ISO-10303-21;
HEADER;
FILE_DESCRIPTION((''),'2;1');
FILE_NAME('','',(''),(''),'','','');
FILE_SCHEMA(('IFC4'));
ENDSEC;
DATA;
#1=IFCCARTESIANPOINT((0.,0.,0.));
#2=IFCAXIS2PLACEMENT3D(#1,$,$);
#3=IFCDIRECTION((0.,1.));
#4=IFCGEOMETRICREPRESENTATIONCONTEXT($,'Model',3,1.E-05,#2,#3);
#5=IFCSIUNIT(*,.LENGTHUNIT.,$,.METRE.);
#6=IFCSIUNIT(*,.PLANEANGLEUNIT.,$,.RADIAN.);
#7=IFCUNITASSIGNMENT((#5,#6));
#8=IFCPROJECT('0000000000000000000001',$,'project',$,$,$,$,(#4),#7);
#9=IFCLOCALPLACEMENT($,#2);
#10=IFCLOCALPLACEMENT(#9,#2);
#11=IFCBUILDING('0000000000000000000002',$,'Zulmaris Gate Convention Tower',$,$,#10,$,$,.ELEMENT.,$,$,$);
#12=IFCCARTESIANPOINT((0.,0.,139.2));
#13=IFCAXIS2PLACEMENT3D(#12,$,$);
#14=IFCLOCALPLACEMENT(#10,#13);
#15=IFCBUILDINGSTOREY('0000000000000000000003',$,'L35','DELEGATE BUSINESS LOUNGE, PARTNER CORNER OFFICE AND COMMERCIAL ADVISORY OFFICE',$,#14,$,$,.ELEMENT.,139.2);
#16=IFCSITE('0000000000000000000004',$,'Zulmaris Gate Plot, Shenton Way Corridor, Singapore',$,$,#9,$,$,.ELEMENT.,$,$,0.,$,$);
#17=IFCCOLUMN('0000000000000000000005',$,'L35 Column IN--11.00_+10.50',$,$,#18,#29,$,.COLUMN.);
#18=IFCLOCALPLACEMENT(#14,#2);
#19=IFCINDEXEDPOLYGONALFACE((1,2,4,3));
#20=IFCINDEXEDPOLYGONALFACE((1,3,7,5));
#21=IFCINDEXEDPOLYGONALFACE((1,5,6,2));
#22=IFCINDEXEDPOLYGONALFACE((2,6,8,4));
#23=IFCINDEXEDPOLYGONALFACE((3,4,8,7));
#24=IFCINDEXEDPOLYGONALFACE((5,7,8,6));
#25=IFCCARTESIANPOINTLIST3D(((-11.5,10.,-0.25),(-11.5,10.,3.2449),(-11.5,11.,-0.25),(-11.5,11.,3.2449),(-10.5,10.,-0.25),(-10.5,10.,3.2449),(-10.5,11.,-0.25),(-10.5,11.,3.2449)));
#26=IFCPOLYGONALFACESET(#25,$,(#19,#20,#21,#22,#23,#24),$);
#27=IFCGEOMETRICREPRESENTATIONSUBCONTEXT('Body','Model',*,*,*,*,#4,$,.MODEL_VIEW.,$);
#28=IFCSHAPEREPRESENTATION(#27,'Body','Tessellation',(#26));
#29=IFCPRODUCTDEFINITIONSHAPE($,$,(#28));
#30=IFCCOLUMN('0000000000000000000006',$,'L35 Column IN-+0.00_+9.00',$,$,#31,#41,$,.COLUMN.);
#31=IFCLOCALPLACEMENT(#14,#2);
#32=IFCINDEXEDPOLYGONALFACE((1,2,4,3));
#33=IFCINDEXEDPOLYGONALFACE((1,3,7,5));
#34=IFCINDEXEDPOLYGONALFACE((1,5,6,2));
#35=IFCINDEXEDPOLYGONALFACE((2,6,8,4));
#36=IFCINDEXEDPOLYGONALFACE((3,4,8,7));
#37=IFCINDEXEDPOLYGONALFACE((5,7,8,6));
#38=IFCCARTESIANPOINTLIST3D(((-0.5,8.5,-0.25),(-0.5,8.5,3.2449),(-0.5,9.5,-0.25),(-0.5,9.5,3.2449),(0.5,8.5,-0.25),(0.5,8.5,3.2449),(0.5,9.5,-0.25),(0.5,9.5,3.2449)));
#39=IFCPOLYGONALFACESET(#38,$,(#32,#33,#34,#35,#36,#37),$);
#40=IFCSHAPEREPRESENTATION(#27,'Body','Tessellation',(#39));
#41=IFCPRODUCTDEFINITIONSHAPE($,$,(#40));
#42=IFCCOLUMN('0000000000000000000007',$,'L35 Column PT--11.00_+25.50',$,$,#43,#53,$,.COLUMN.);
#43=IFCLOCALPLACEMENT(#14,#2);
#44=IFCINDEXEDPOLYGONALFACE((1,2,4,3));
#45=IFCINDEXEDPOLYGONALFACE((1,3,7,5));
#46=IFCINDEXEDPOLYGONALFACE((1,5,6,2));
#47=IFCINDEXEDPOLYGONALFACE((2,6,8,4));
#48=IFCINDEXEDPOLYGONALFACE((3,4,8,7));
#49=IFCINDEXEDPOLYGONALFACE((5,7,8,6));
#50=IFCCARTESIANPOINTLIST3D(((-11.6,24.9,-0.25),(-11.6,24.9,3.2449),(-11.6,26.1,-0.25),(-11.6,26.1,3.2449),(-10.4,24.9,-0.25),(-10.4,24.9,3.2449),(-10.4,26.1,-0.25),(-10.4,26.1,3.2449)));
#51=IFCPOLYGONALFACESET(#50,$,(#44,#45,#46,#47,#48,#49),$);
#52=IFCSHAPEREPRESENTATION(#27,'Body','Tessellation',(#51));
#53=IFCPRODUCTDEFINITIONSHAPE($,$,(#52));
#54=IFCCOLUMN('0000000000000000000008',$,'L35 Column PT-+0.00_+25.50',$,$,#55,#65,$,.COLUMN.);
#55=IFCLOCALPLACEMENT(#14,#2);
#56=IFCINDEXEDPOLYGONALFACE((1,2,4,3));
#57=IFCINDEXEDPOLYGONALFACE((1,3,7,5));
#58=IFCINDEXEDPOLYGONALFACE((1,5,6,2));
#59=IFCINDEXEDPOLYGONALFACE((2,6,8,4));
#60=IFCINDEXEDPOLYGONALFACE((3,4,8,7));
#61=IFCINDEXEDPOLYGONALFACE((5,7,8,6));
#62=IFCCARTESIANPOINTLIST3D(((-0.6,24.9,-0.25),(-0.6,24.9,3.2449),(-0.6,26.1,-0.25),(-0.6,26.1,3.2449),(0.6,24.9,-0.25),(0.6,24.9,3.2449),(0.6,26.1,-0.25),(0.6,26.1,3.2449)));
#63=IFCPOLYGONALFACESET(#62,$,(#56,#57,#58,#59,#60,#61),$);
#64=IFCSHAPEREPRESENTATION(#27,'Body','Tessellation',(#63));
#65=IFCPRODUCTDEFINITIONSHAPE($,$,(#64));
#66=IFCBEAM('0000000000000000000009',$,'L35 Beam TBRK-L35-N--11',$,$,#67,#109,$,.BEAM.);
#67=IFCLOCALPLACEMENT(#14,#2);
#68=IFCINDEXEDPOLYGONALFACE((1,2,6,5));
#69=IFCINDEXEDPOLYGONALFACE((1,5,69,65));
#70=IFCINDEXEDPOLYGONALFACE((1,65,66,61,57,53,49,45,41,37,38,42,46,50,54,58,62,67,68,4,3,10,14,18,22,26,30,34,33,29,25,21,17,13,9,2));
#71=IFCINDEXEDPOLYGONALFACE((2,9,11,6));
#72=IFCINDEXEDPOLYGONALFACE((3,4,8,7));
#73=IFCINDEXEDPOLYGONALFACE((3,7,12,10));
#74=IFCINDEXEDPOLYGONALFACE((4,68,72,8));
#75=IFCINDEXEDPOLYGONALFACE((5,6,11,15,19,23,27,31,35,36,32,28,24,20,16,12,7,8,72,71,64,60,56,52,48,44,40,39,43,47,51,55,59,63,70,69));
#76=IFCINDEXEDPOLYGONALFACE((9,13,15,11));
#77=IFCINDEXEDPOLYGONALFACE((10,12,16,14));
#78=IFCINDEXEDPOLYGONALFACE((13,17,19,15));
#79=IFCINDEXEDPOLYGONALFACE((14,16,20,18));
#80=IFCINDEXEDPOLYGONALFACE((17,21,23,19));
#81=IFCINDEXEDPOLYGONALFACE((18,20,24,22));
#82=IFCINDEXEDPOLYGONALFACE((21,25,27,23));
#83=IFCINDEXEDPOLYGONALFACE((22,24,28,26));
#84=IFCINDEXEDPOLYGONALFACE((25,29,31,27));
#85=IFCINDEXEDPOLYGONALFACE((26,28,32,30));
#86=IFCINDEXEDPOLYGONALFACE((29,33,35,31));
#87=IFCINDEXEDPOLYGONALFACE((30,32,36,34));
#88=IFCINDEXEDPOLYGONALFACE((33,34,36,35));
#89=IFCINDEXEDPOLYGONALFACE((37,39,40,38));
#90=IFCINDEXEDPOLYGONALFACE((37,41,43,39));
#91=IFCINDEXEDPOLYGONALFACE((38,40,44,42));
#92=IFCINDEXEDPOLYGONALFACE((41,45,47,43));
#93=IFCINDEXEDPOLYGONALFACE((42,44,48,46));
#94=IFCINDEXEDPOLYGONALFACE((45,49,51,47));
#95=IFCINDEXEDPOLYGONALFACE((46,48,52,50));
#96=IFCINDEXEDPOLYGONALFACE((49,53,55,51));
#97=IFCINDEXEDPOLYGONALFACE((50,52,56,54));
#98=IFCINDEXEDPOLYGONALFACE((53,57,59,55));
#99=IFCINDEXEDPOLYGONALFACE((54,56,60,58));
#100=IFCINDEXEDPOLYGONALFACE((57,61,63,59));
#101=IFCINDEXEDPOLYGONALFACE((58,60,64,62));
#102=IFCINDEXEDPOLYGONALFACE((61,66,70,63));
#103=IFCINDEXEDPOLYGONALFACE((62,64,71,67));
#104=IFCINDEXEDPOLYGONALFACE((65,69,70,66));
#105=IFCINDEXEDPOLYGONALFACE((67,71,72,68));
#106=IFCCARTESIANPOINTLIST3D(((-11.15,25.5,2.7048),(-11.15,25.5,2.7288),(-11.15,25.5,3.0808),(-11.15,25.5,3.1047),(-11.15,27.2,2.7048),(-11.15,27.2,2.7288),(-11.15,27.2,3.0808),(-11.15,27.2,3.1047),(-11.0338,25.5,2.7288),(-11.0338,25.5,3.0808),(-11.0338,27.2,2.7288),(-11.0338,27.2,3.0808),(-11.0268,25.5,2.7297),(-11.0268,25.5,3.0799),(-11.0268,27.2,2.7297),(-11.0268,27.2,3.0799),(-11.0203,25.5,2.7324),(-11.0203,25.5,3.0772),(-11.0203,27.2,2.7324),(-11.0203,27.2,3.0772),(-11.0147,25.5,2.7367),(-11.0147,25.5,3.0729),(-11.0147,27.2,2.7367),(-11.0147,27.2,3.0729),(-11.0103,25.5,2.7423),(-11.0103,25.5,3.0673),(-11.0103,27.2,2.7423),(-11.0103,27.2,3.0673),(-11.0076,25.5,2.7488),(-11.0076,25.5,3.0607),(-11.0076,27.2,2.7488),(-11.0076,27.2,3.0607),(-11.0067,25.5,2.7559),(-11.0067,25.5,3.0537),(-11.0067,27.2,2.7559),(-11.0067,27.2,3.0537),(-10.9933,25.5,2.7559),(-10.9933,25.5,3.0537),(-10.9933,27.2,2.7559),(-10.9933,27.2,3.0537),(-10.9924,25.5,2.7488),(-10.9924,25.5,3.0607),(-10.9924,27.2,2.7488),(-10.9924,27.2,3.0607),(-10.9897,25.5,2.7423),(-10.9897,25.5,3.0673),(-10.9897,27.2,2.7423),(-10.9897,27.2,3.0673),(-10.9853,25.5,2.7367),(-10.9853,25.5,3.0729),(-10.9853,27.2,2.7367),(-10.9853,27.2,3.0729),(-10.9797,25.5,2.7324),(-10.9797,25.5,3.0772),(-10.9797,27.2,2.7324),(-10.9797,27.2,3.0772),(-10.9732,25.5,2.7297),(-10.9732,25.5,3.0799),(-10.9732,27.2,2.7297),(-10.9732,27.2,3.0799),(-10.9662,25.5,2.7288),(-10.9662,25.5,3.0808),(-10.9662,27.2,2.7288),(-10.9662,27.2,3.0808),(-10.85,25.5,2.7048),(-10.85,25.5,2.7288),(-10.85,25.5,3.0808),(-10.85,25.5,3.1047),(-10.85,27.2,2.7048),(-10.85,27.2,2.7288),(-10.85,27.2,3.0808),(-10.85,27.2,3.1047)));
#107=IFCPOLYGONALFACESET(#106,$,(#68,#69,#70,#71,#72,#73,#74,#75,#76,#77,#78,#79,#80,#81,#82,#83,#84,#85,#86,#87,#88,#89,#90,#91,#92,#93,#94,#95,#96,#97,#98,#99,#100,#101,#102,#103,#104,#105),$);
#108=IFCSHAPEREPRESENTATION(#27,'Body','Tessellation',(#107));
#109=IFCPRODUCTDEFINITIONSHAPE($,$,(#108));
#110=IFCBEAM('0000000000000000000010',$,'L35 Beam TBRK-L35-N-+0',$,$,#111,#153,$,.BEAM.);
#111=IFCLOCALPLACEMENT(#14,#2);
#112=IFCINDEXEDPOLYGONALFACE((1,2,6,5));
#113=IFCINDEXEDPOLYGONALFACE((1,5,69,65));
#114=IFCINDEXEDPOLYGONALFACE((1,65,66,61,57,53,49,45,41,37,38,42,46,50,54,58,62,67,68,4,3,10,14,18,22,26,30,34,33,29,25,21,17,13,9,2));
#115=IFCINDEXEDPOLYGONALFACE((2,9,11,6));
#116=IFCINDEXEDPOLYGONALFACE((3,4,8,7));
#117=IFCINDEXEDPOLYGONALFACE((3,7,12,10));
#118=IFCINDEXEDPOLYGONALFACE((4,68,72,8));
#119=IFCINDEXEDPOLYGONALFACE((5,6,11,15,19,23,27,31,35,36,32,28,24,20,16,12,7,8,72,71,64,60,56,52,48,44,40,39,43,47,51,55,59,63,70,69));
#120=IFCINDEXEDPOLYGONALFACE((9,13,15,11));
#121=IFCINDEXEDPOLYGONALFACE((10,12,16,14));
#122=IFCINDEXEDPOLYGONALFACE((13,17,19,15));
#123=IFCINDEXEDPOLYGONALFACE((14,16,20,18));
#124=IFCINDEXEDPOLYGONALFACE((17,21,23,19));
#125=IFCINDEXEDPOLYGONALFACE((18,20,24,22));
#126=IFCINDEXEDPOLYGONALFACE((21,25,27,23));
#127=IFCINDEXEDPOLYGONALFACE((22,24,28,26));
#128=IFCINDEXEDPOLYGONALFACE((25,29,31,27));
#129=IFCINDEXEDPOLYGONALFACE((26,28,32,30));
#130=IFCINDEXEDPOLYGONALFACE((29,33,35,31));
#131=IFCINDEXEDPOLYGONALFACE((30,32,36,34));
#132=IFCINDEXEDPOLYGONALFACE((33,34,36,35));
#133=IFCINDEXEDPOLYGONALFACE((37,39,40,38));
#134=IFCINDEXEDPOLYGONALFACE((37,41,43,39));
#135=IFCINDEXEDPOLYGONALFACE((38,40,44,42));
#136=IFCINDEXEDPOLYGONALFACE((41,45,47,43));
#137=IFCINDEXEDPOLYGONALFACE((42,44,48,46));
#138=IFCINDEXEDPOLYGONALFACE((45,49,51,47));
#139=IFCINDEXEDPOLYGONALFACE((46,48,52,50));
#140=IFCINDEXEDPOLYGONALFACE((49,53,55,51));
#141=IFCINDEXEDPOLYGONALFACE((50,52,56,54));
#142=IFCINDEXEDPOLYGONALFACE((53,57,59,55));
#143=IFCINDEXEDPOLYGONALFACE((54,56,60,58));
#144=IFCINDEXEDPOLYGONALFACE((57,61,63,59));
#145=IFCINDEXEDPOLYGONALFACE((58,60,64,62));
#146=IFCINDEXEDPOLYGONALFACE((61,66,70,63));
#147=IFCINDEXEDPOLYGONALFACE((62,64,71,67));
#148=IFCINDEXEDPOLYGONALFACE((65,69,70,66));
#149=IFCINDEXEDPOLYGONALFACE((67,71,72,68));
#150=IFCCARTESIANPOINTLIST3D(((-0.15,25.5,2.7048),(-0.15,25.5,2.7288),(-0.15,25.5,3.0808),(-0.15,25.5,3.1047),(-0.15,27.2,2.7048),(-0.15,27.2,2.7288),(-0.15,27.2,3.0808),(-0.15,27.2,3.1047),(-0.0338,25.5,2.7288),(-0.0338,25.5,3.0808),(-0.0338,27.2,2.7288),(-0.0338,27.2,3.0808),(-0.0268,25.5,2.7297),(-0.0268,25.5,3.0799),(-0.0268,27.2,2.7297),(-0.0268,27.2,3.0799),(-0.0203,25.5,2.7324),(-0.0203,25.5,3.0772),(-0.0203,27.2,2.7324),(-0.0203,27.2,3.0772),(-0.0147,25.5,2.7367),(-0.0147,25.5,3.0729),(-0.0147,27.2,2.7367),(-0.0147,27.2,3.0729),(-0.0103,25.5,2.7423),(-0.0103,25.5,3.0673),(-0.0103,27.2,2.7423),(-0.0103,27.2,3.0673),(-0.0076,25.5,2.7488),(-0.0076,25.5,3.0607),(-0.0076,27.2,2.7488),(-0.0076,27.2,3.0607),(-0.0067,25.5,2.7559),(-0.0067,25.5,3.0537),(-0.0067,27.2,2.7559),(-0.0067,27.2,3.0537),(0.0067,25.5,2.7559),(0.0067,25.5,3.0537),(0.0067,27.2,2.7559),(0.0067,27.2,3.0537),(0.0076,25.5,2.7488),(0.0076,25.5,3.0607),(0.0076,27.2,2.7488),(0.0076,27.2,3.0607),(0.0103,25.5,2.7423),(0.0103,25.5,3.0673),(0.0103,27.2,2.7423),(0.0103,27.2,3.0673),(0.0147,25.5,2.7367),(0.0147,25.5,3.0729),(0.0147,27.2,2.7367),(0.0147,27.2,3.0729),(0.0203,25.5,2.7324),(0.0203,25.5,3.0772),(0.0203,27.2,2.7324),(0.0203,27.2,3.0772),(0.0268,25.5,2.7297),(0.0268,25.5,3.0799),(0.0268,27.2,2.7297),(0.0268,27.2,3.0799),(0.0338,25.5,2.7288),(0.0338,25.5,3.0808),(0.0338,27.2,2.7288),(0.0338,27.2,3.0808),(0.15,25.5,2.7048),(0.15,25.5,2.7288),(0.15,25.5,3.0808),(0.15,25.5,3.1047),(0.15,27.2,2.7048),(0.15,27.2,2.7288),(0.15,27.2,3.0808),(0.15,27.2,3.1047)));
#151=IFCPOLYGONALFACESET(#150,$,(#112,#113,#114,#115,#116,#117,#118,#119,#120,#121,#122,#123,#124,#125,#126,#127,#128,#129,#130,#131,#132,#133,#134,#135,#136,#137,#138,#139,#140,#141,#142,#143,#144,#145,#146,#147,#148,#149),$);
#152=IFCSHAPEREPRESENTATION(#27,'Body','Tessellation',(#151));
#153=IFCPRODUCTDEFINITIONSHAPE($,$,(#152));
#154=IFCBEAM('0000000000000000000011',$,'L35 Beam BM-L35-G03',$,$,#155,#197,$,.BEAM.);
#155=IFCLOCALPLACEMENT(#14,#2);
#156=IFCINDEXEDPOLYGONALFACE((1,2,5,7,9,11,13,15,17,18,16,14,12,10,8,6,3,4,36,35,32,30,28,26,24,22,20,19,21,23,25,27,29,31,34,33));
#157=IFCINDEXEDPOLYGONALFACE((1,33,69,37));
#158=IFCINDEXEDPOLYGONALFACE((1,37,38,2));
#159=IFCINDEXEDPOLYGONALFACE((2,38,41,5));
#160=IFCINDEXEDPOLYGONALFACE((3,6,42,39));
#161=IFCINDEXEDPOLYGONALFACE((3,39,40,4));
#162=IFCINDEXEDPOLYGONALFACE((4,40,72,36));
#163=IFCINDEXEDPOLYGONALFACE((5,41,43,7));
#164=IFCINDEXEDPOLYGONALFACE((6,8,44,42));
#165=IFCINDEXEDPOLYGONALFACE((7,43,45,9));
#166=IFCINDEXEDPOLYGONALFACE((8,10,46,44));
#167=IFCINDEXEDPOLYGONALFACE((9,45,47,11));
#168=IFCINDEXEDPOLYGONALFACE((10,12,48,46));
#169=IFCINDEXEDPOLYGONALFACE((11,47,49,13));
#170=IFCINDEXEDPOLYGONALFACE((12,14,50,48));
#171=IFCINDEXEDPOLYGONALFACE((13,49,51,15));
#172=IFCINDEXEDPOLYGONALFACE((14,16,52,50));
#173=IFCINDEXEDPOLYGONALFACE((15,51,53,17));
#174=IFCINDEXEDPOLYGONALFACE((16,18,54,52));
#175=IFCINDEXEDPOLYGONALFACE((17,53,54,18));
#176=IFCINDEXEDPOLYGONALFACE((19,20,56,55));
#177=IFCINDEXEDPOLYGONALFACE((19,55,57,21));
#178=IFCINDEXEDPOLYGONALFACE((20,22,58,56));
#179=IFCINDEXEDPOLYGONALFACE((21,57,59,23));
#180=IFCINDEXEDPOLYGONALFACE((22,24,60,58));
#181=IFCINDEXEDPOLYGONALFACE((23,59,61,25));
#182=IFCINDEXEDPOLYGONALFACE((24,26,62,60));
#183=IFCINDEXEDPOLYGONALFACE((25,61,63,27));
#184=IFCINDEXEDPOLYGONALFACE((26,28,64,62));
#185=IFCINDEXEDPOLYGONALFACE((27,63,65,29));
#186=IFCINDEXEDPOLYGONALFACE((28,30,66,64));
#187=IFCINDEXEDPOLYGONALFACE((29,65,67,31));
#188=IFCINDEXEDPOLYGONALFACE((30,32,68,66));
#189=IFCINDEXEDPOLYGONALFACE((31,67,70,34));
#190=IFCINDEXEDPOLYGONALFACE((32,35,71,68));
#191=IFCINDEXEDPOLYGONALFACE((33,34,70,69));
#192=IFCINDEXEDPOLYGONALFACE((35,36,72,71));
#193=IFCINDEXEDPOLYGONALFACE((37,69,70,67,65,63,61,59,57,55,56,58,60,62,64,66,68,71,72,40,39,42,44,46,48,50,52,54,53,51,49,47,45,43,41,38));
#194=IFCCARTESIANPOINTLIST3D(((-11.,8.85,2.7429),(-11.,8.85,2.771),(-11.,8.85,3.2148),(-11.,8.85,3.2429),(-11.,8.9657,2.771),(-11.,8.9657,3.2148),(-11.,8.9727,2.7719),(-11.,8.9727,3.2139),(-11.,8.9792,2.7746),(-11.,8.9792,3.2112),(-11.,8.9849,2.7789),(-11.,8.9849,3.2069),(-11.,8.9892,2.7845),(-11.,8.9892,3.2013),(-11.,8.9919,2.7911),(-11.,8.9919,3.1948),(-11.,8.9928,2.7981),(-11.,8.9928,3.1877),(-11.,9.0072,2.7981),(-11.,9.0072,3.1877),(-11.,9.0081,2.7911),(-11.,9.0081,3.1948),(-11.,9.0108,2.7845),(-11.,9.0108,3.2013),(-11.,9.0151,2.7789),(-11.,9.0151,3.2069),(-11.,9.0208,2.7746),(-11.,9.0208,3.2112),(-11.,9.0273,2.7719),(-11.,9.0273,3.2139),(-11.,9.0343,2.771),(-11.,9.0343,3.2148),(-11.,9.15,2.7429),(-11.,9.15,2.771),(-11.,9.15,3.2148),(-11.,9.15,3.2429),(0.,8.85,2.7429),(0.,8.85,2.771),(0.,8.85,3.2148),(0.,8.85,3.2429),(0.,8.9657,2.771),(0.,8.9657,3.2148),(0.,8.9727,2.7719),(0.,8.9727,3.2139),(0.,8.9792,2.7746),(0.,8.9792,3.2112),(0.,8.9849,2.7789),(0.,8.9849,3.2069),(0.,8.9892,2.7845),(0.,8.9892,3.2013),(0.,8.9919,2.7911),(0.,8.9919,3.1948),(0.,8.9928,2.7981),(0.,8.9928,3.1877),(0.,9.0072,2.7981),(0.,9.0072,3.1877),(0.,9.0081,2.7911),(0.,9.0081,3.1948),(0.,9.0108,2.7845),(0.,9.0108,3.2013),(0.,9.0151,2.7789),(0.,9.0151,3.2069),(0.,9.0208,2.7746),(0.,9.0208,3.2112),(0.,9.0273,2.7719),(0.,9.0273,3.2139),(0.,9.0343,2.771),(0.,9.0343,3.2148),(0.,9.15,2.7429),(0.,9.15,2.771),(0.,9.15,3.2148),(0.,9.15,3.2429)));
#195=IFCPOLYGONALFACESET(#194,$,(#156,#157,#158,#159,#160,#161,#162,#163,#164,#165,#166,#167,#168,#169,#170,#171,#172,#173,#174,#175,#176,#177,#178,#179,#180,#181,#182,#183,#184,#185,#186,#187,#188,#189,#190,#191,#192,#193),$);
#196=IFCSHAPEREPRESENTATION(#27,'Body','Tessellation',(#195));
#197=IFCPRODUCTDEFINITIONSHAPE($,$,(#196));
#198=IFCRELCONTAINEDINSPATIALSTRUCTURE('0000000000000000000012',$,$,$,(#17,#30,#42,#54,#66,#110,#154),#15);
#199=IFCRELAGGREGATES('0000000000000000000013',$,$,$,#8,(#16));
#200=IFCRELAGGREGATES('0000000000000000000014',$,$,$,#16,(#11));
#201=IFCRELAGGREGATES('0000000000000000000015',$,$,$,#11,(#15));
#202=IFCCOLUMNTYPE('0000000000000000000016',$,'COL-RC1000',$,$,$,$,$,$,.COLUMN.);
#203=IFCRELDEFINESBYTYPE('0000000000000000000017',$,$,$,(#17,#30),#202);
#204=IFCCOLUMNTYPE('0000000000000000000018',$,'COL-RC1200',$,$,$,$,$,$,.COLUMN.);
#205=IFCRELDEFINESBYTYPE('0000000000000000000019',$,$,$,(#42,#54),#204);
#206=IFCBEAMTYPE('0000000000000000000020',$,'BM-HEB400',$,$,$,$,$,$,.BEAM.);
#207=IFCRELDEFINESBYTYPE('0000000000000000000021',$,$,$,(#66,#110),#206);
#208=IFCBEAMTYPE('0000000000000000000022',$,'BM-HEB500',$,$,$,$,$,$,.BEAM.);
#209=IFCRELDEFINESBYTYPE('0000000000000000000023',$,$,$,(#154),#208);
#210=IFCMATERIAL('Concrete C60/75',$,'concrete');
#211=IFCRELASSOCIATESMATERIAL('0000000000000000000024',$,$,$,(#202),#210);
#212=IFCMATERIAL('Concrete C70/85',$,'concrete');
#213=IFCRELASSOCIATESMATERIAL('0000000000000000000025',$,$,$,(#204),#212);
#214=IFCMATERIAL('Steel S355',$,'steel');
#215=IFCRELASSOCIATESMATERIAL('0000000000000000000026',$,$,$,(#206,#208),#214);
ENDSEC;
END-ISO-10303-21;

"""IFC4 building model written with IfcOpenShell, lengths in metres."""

from ifc_helpers import new_model, si_unit, direction, frame, origin, origin_2d, place, context, subcontext, project, spatial, rectangle, i_section, extrude, material, material_profile, profile_set, type_object, element, save


model = new_model("IFC4")

# Units and contexts
model_context = context("Model", 3, precision=1e-05, world=origin(), true_north=direction((0.0, 1.0)))
body_context = subcontext(model_context, "Body", "Model", "MODEL_VIEW")
ifc_project = project(units=[si_unit("LENGTHUNIT", "METRE"), si_unit("PLANEANGLEUNIT", "RADIAN")], contexts=[model_context])

# Site, building, storey
site_placement = place(None, origin())
site = spatial("IfcSite", under=ifc_project, at=site_placement, Name="Zulmaris Gate Plot, Shenton Way Corridor, Singapore", CompositionType="ELEMENT", RefElevation=0.0)
building_placement = place(site_placement, origin())
building = spatial("IfcBuilding", under=site, at=building_placement, Name="Zulmaris Gate Convention Tower", CompositionType="ELEMENT")
storey_placement = place(building_placement, frame((0.0, 0.0, 139.2)))
storey = spatial("IfcBuildingStorey", under=building, at=storey_placement, Name="L35", Description="DELEGATE BUSINESS LOUNGE, PARTNER CORNER OFFICE AND COMMERCIAL ADVISORY OFFICE", CompositionType="ELEMENT", Elevation=139.2)

# Columns
ifc_material_1 = material(Name="Concrete C60/75", Category="concrete")
ifc_material_profile_1 = material_profile(ifc_material_1, rectangle(XDim=1.0, YDim=1.0, at=origin_2d()), Name="RC COL 1000x1000")
ifc_profile_set_1 = profile_set([ifc_material_profile_1], Name="Concrete C60/75")
column_type_1 = type_object("IfcColumnType", Name="COL-RC1000", PredefinedType="COLUMN", material=ifc_profile_set_1)
for number, where, z_axis, x_axis, name in (
    (1, (-11.0, 10.5, -0.25), (0.0, 0.0, 1.0), (1.0, 0.0, 0.0), "L35 Column IN--11.00_+10.50"),
    (2, (0.0, 9.0, -0.25), (0.0, 0.0, 1.0), (1.0, 0.0, 0.0), "L35 Column IN-+0.00_+9.00"),
):
    element("IfcColumn", number, at=place(storey_placement, frame(where, z_axis=z_axis, x_axis=x_axis)), inside=storey, type_object=column_type_1, Name=name, PredefinedType="COLUMN", context=body_context, shape_type="SweptSolid", body=[
        extrude(rectangle(XDim=1.0, YDim=1.0, at=origin_2d()), origin(), (0.0, 0.0, 1.0), 3.4949),
    ])
ifc_material_2 = material(Name="Concrete C70/85", Category="concrete")
ifc_material_profile_2 = material_profile(ifc_material_2, rectangle(XDim=1.2, YDim=1.2, at=origin_2d()), Name="RC COL 1200x1200")
ifc_profile_set_2 = profile_set([ifc_material_profile_2], Name="Concrete C70/85")
column_type_2 = type_object("IfcColumnType", Name="COL-RC1200", PredefinedType="COLUMN", material=ifc_profile_set_2)
for number, where, z_axis, x_axis, name in (
    (3, (-11.0, 25.5, -0.25), (0.0, 0.0, 1.0), (1.0, 0.0, 0.0), "L35 Column PT--11.00_+25.50"),
    (4, (0.0, 25.5, -0.25), (0.0, 0.0, 1.0), (1.0, 0.0, 0.0), "L35 Column PT-+0.00_+25.50"),
):
    element("IfcColumn", number, at=place(storey_placement, frame(where, z_axis=z_axis, x_axis=x_axis)), inside=storey, type_object=column_type_2, Name=name, PredefinedType="COLUMN", context=body_context, shape_type="SweptSolid", body=[
        extrude(rectangle(XDim=1.2, YDim=1.2, at=origin_2d()), origin(), (0.0, 0.0, 1.0), 3.4949),
    ])

# Beams
ifc_material_3 = material(Name="Steel S355", Category="steel")
ifc_material_profile_3 = material_profile(ifc_material_3, i_section(OverallWidth=0.3, OverallDepth=0.3999, WebThickness=0.0134, FlangeThickness=0.0239, FilletRadius=0.0271, at=origin_2d()), Name="HEB 400")
ifc_profile_set_3 = profile_set([ifc_material_profile_3], Name="Steel S355")
beam_type_1 = type_object("IfcBeamType", Name="BM-HEB400", PredefinedType="BEAM", material=ifc_profile_set_3)
for number, where, z_axis, x_axis, name in (
    (5, (-11.0, 25.5, 2.9048), (0.0, 1.0, 0.0), (-1.0, 0.0, 0.0), "L35 Beam TBRK-L35-N--11"),
    (6, (0.0, 25.5, 2.9048), (0.0, 1.0, 0.0), (-1.0, 0.0, 0.0), "L35 Beam TBRK-L35-N-+0"),
):
    element("IfcBeam", number, at=place(storey_placement, frame(where, z_axis=z_axis, x_axis=x_axis)), inside=storey, type_object=beam_type_1, Name=name, PredefinedType="BEAM", context=body_context, shape_type="SweptSolid", body=[
        extrude(i_section(OverallWidth=0.3, OverallDepth=0.3999, WebThickness=0.0134, FlangeThickness=0.0239, FilletRadius=0.0271, at=origin_2d()), origin(), (0.0, 0.0, 1.0), 1.7),
    ])
ifc_material_profile_4 = material_profile(ifc_material_3, i_section(OverallWidth=0.3, OverallDepth=0.5, WebThickness=0.0144, FlangeThickness=0.0281, FilletRadius=0.0271, at=origin_2d()), Name="HEB 500")
ifc_profile_set_4 = profile_set([ifc_material_profile_4], Name="Steel S355")
beam_type_2 = type_object("IfcBeamType", Name="BM-HEB500", PredefinedType="BEAM", material=ifc_profile_set_4)
for number, where, z_axis, x_axis, name in (
    (7, (-11.0, 9.0, 2.9929), (1.0, 0.0, 0.0), (0.0, 1.0, 0.0), "L35 Beam BM-L35-G03"),
):
    element("IfcBeam", number, at=place(storey_placement, frame(where, z_axis=z_axis, x_axis=x_axis)), inside=storey, type_object=beam_type_2, Name=name, PredefinedType="BEAM", context=body_context, shape_type="SweptSolid", body=[
        extrude(i_section(OverallWidth=0.3, OverallDepth=0.5, WebThickness=0.0144, FlangeThickness=0.0281, FilletRadius=0.0271, at=origin_2d()), origin(), (0.0, 0.0, 1.0), 11.0),
    ])

save(model, "model.ifc")
